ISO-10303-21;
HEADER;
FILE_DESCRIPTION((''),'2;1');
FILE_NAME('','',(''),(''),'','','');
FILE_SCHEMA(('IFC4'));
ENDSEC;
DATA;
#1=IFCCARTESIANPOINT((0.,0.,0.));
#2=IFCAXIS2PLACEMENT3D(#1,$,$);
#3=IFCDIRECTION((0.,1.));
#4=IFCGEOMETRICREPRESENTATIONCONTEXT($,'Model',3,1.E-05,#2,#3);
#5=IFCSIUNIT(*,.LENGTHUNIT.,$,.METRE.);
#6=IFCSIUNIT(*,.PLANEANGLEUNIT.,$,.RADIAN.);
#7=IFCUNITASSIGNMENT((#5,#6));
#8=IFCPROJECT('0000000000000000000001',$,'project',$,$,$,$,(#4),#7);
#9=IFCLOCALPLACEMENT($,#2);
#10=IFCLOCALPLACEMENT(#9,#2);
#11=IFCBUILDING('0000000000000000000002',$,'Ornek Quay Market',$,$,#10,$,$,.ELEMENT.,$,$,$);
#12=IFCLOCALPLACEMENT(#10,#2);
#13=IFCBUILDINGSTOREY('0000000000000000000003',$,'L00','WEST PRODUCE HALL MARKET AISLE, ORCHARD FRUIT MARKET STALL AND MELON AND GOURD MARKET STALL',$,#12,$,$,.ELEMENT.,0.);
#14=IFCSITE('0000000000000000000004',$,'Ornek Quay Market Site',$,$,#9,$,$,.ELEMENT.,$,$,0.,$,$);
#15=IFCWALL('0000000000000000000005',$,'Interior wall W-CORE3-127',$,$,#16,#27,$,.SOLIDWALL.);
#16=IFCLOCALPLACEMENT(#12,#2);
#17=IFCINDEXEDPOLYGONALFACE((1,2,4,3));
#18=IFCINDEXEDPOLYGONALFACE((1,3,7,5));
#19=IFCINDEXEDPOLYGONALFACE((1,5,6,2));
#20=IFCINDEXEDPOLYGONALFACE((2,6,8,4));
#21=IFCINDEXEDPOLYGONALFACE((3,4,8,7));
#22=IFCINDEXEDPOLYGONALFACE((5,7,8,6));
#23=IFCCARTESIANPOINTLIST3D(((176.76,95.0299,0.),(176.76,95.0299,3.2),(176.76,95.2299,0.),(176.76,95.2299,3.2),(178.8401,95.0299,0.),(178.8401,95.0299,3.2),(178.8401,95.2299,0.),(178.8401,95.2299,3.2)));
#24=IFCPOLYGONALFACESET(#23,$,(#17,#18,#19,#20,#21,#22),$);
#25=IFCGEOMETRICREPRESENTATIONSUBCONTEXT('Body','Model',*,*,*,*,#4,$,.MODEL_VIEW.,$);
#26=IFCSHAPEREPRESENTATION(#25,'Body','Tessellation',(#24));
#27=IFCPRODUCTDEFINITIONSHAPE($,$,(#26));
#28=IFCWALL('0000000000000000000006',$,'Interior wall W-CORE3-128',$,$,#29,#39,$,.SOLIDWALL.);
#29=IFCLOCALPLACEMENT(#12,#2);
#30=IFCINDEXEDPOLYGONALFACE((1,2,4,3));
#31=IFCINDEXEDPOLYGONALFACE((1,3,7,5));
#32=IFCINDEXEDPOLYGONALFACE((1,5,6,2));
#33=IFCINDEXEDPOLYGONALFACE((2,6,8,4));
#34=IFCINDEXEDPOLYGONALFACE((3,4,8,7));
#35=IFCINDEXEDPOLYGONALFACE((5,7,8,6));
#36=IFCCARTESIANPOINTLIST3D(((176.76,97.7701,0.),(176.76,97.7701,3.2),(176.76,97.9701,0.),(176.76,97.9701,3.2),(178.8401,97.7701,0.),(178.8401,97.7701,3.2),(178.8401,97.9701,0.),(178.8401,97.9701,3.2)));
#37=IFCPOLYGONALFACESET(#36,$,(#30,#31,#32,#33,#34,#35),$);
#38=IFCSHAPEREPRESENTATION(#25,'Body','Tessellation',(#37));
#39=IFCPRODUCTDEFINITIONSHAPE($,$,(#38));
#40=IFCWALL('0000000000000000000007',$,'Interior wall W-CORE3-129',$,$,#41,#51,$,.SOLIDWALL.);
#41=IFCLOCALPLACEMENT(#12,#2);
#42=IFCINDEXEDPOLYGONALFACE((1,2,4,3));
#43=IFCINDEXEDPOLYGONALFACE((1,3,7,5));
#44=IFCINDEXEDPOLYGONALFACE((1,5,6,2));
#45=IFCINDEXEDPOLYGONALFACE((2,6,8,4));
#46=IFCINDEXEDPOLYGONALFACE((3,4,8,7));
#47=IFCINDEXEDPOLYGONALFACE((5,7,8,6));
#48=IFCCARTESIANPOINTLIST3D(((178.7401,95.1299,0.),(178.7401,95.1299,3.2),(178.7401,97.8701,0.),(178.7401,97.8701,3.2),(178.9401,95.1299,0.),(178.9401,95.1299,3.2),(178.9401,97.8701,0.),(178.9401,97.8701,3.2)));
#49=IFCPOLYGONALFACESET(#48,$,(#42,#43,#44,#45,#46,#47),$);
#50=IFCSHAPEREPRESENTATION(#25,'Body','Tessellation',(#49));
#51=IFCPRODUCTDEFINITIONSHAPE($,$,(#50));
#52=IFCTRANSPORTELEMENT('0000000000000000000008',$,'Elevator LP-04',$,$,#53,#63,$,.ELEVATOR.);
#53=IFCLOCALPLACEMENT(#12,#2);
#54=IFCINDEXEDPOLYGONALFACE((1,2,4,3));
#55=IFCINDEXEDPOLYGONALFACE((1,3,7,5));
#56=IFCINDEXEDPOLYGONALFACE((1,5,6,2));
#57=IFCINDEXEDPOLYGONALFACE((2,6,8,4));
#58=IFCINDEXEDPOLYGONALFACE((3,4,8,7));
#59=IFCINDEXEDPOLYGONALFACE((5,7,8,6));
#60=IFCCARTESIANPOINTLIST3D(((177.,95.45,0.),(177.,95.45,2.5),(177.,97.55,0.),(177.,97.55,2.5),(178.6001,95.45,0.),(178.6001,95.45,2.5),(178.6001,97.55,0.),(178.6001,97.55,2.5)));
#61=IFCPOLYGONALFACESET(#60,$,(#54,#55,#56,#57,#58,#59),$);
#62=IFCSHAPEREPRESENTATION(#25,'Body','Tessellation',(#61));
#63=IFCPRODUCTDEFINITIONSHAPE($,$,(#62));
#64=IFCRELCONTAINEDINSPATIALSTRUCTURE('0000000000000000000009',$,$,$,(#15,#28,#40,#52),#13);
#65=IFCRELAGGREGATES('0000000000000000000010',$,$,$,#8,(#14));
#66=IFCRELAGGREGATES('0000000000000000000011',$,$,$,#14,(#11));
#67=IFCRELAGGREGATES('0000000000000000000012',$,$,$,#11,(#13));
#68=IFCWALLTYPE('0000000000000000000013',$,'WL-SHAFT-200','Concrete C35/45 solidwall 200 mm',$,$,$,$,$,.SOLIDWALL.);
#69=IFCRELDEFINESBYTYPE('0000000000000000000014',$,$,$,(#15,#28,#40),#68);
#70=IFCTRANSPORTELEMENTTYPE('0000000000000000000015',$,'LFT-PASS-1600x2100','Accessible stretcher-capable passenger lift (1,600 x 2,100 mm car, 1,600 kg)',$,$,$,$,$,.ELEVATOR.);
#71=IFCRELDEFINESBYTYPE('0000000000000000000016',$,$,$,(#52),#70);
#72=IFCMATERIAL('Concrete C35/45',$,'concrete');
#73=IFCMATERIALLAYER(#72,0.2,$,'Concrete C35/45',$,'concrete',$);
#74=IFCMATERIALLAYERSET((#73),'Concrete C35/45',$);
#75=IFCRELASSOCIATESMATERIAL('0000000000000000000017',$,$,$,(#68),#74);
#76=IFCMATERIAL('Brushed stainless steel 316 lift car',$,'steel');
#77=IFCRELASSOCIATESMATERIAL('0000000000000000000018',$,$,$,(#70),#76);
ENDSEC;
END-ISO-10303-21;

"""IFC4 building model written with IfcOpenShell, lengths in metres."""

from ifc_helpers import new_model, si_unit, direction, frame, frame_2d, origin, origin_2d, place, context, subcontext, project, spatial, rectangle, extrude, material, layer, layer_set, type_object, element, save


model = new_model("IFC4")

# Units and contexts
model_context = context("Model", 3, precision=1e-05, world=origin(), true_north=direction((0.0, 1.0)))
body_context = subcontext(model_context, "Body", "Model", "MODEL_VIEW")
ifc_project = project(units=[si_unit("LENGTHUNIT", "METRE"), si_unit("PLANEANGLEUNIT", "RADIAN")], contexts=[model_context])

# Site, building, storey
site_placement = place(None, origin())
site = spatial("IfcSite", under=ifc_project, at=site_placement, Name="Ornek Quay Market Site", CompositionType="ELEMENT", RefElevation=0.0)
building_placement = place(site_placement, origin())
building = spatial("IfcBuilding", under=site, at=building_placement, Name="Ornek Quay Market", CompositionType="ELEMENT")
storey_placement = place(building_placement, origin())
storey = spatial("IfcBuildingStorey", under=building, at=storey_placement, Name="L00", Description="WEST PRODUCE HALL MARKET AISLE, ORCHARD FRUIT MARKET STALL AND MELON AND GOURD MARKET STALL", CompositionType="ELEMENT", Elevation=0.0)

# Shared definitions
ifc_material_1 = material(Name="Concrete C35/45", Category="concrete")

# Shared definitions
ifc_layer_1 = layer(ifc_material_1, 0.2, Name="Concrete C35/45", Category="concrete")
ifc_layer_set_1 = layer_set([ifc_layer_1], Name="Concrete C35/45")
wall_type_1 = type_object("IfcWallType", Name="WL-SHAFT-200", Description="Concrete C35/45 solidwall 200 mm", PredefinedType="SOLIDWALL", material=ifc_layer_set_1)

# Walls
for number, where, z_axis, x_axis, name in (
    (1, (176.76, 95.1299, 0.0), (0.0, 0.0, 1.0), (1.0, 0.0, 0.0), "Interior wall W-CORE3-127"),
    (2, (176.76, 97.8701, 0.0), (0.0, 0.0, 1.0), (1.0, 0.0, 0.0), "Interior wall W-CORE3-128"),
):
    element("IfcWall", number, at=place(storey_placement, frame(where, z_axis=z_axis, x_axis=x_axis)), inside=storey, type_object=wall_type_1, Name=name, PredefinedType="SOLIDWALL", context=body_context, shape_type="SweptSolid", body=[
        extrude(rectangle(XDim=2.0801, YDim=0.2, at=frame_2d((1.04, 0.0))), origin(), (0.0, 0.0, 1.0), 3.2),
    ])
wall_1_placement = place(storey_placement, frame((178.8401, 95.1299, 0.0), z_axis=(0.0, 0.0, 1.0), x_axis=(0.0, 1.0, 0.0)))
element("IfcWall", 3, at=wall_1_placement, inside=storey, type_object=wall_type_1, Name="Interior wall W-CORE3-129", PredefinedType="SOLIDWALL", context=body_context, shape_type="SweptSolid", body=[
    extrude(rectangle(XDim=2.7402, YDim=0.2, at=frame_2d((1.3701, 0.0))), origin(), (0.0, 0.0, 1.0), 3.2),
])

# Transport element
ifc_material_2 = material(Name="Brushed stainless steel 316 lift car", Category="steel")
transport_element_type = type_object("IfcTransportElementType", Name="LFT-PASS-1600x2100", Description="Accessible stretcher-capable passenger lift (1,600 x 2,100 mm car, 1,600 kg)", PredefinedType="ELEVATOR", material=ifc_material_2)
transport_element_placement = place(storey_placement, frame((177.8, 96.5, 0.0), z_axis=(0.0, 0.0, 1.0), x_axis=(1.0, 0.0, 0.0)))
element("IfcTransportElement", 4, at=transport_element_placement, inside=storey, type_object=transport_element_type, Name="Elevator LP-04", PredefinedType="ELEVATOR", context=body_context, shape_type="SweptSolid", body=[
    extrude(rectangle(XDim=1.6001, YDim=2.1001, at=origin_2d()), origin(), (0.0, 0.0, 1.0), 2.5),
])

save(model, "model.ifc")
